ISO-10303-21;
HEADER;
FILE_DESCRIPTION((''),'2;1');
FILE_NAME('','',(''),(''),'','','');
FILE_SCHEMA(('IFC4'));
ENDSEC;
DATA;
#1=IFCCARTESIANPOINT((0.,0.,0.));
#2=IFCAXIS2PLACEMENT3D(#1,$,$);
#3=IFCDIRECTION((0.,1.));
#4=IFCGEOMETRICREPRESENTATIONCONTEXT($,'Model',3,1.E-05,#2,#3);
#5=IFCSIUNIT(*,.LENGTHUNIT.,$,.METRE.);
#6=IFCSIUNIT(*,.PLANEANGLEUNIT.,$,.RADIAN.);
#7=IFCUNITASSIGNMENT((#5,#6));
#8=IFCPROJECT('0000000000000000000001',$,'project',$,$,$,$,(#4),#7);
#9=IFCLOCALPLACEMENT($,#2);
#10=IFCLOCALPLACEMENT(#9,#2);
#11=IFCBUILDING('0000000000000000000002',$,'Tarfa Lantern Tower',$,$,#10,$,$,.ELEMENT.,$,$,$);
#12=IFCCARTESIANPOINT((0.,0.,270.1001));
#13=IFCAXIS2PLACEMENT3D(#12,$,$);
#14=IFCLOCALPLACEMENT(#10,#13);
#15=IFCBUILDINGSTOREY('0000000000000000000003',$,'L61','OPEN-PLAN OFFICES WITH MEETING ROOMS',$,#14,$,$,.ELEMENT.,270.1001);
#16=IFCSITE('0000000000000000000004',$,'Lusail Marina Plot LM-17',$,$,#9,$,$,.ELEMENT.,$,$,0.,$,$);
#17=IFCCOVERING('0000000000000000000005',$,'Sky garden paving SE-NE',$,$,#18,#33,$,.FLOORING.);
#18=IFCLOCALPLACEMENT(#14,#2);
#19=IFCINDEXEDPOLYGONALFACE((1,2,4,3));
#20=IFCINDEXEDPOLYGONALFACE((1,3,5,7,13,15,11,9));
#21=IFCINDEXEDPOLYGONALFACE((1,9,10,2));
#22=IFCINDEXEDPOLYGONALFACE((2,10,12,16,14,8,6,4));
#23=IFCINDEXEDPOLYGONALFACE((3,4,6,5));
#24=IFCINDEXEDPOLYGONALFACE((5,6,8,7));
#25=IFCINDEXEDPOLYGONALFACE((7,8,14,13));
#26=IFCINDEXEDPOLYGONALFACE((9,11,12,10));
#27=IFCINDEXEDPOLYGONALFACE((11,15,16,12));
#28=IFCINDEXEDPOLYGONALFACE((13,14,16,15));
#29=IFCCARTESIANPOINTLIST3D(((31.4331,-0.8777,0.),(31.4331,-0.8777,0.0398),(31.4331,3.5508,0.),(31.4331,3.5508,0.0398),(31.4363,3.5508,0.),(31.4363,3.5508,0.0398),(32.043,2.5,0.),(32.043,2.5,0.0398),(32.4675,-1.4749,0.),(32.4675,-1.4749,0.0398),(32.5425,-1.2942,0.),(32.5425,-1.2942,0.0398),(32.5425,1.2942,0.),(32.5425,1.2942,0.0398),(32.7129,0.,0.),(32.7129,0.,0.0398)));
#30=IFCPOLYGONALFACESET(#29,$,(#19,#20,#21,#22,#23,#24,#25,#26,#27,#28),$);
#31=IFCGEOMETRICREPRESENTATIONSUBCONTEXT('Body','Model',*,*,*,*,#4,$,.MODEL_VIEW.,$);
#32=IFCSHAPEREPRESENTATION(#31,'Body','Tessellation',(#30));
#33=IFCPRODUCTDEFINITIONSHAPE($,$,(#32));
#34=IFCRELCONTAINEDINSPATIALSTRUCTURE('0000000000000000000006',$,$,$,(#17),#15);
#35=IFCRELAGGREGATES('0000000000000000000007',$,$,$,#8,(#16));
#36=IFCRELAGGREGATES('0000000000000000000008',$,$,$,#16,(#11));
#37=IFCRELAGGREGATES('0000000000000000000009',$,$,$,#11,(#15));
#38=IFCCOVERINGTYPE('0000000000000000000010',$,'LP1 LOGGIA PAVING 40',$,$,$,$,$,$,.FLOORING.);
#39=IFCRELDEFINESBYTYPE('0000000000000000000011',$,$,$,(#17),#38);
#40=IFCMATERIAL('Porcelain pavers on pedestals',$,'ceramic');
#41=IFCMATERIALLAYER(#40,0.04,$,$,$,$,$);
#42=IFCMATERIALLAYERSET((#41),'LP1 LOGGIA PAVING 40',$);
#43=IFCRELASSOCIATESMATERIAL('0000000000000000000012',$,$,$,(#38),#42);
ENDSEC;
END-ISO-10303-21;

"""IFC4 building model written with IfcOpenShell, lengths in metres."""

from ifc_helpers import new_model, si_unit, direction, frame, origin, place, context, subcontext, project, spatial, polyline, outline, extrude, material, layer, layer_set, type_object, element, save


model = new_model("IFC4")

# Units and contexts
model_context = context("Model", 3, precision=1e-05, world=origin(), true_north=direction((0.0, 1.0)))
body_context = subcontext(model_context, "Body", "Model", "MODEL_VIEW")
ifc_project = project(units=[si_unit("LENGTHUNIT", "METRE"), si_unit("PLANEANGLEUNIT", "RADIAN")], contexts=[model_context])

# Site, building, storey
site_placement = place(None, origin())
site = spatial("IfcSite", under=ifc_project, at=site_placement, Name="Lusail Marina Plot LM-17", CompositionType="ELEMENT", RefElevation=0.0)
building_placement = place(site_placement, origin())
building = spatial("IfcBuilding", under=site, at=building_placement, Name="Tarfa Lantern Tower", CompositionType="ELEMENT")
storey_placement = place(building_placement, frame((0.0, 0.0, 270.1001)))
storey = spatial("IfcBuildingStorey", under=building, at=storey_placement, Name="L61", Description="OPEN-PLAN OFFICES WITH MEETING ROOMS", CompositionType="ELEMENT", Elevation=270.1001)

# Covering
ifc_material_1 = material(Name="Porcelain pavers on pedestals", Category="ceramic")
ifc_layer_1 = layer(ifc_material_1, 0.04)
ifc_layer_set_1 = layer_set([ifc_layer_1], Name="LP1 LOGGIA PAVING 40")
covering_type = type_object("IfcCoveringType", Name="LP1 LOGGIA PAVING 40", PredefinedType="FLOORING", material=ifc_layer_set_1)
covering_1_placement = place(storey_placement, origin())
element("IfcCovering", 1, at=covering_1_placement, inside=storey, type_object=covering_type, Name="Sky garden paving SE-NE", PredefinedType="FLOORING", context=body_context, shape_type="SweptSolid", body=[
    extrude(outline(polyline([(32.5425, 1.2942), (32.7129, 0.0), (32.5425, -1.2942), (32.4675, -1.4749), (31.4331, -0.8777), (31.4331, 3.5508), (31.4363, 3.5508), (32.043, 2.5), (32.5425, 1.2942)])), origin(), (0.0, 0.0, 1.0), 0.0398),
])

save(model, "model.ifc")
